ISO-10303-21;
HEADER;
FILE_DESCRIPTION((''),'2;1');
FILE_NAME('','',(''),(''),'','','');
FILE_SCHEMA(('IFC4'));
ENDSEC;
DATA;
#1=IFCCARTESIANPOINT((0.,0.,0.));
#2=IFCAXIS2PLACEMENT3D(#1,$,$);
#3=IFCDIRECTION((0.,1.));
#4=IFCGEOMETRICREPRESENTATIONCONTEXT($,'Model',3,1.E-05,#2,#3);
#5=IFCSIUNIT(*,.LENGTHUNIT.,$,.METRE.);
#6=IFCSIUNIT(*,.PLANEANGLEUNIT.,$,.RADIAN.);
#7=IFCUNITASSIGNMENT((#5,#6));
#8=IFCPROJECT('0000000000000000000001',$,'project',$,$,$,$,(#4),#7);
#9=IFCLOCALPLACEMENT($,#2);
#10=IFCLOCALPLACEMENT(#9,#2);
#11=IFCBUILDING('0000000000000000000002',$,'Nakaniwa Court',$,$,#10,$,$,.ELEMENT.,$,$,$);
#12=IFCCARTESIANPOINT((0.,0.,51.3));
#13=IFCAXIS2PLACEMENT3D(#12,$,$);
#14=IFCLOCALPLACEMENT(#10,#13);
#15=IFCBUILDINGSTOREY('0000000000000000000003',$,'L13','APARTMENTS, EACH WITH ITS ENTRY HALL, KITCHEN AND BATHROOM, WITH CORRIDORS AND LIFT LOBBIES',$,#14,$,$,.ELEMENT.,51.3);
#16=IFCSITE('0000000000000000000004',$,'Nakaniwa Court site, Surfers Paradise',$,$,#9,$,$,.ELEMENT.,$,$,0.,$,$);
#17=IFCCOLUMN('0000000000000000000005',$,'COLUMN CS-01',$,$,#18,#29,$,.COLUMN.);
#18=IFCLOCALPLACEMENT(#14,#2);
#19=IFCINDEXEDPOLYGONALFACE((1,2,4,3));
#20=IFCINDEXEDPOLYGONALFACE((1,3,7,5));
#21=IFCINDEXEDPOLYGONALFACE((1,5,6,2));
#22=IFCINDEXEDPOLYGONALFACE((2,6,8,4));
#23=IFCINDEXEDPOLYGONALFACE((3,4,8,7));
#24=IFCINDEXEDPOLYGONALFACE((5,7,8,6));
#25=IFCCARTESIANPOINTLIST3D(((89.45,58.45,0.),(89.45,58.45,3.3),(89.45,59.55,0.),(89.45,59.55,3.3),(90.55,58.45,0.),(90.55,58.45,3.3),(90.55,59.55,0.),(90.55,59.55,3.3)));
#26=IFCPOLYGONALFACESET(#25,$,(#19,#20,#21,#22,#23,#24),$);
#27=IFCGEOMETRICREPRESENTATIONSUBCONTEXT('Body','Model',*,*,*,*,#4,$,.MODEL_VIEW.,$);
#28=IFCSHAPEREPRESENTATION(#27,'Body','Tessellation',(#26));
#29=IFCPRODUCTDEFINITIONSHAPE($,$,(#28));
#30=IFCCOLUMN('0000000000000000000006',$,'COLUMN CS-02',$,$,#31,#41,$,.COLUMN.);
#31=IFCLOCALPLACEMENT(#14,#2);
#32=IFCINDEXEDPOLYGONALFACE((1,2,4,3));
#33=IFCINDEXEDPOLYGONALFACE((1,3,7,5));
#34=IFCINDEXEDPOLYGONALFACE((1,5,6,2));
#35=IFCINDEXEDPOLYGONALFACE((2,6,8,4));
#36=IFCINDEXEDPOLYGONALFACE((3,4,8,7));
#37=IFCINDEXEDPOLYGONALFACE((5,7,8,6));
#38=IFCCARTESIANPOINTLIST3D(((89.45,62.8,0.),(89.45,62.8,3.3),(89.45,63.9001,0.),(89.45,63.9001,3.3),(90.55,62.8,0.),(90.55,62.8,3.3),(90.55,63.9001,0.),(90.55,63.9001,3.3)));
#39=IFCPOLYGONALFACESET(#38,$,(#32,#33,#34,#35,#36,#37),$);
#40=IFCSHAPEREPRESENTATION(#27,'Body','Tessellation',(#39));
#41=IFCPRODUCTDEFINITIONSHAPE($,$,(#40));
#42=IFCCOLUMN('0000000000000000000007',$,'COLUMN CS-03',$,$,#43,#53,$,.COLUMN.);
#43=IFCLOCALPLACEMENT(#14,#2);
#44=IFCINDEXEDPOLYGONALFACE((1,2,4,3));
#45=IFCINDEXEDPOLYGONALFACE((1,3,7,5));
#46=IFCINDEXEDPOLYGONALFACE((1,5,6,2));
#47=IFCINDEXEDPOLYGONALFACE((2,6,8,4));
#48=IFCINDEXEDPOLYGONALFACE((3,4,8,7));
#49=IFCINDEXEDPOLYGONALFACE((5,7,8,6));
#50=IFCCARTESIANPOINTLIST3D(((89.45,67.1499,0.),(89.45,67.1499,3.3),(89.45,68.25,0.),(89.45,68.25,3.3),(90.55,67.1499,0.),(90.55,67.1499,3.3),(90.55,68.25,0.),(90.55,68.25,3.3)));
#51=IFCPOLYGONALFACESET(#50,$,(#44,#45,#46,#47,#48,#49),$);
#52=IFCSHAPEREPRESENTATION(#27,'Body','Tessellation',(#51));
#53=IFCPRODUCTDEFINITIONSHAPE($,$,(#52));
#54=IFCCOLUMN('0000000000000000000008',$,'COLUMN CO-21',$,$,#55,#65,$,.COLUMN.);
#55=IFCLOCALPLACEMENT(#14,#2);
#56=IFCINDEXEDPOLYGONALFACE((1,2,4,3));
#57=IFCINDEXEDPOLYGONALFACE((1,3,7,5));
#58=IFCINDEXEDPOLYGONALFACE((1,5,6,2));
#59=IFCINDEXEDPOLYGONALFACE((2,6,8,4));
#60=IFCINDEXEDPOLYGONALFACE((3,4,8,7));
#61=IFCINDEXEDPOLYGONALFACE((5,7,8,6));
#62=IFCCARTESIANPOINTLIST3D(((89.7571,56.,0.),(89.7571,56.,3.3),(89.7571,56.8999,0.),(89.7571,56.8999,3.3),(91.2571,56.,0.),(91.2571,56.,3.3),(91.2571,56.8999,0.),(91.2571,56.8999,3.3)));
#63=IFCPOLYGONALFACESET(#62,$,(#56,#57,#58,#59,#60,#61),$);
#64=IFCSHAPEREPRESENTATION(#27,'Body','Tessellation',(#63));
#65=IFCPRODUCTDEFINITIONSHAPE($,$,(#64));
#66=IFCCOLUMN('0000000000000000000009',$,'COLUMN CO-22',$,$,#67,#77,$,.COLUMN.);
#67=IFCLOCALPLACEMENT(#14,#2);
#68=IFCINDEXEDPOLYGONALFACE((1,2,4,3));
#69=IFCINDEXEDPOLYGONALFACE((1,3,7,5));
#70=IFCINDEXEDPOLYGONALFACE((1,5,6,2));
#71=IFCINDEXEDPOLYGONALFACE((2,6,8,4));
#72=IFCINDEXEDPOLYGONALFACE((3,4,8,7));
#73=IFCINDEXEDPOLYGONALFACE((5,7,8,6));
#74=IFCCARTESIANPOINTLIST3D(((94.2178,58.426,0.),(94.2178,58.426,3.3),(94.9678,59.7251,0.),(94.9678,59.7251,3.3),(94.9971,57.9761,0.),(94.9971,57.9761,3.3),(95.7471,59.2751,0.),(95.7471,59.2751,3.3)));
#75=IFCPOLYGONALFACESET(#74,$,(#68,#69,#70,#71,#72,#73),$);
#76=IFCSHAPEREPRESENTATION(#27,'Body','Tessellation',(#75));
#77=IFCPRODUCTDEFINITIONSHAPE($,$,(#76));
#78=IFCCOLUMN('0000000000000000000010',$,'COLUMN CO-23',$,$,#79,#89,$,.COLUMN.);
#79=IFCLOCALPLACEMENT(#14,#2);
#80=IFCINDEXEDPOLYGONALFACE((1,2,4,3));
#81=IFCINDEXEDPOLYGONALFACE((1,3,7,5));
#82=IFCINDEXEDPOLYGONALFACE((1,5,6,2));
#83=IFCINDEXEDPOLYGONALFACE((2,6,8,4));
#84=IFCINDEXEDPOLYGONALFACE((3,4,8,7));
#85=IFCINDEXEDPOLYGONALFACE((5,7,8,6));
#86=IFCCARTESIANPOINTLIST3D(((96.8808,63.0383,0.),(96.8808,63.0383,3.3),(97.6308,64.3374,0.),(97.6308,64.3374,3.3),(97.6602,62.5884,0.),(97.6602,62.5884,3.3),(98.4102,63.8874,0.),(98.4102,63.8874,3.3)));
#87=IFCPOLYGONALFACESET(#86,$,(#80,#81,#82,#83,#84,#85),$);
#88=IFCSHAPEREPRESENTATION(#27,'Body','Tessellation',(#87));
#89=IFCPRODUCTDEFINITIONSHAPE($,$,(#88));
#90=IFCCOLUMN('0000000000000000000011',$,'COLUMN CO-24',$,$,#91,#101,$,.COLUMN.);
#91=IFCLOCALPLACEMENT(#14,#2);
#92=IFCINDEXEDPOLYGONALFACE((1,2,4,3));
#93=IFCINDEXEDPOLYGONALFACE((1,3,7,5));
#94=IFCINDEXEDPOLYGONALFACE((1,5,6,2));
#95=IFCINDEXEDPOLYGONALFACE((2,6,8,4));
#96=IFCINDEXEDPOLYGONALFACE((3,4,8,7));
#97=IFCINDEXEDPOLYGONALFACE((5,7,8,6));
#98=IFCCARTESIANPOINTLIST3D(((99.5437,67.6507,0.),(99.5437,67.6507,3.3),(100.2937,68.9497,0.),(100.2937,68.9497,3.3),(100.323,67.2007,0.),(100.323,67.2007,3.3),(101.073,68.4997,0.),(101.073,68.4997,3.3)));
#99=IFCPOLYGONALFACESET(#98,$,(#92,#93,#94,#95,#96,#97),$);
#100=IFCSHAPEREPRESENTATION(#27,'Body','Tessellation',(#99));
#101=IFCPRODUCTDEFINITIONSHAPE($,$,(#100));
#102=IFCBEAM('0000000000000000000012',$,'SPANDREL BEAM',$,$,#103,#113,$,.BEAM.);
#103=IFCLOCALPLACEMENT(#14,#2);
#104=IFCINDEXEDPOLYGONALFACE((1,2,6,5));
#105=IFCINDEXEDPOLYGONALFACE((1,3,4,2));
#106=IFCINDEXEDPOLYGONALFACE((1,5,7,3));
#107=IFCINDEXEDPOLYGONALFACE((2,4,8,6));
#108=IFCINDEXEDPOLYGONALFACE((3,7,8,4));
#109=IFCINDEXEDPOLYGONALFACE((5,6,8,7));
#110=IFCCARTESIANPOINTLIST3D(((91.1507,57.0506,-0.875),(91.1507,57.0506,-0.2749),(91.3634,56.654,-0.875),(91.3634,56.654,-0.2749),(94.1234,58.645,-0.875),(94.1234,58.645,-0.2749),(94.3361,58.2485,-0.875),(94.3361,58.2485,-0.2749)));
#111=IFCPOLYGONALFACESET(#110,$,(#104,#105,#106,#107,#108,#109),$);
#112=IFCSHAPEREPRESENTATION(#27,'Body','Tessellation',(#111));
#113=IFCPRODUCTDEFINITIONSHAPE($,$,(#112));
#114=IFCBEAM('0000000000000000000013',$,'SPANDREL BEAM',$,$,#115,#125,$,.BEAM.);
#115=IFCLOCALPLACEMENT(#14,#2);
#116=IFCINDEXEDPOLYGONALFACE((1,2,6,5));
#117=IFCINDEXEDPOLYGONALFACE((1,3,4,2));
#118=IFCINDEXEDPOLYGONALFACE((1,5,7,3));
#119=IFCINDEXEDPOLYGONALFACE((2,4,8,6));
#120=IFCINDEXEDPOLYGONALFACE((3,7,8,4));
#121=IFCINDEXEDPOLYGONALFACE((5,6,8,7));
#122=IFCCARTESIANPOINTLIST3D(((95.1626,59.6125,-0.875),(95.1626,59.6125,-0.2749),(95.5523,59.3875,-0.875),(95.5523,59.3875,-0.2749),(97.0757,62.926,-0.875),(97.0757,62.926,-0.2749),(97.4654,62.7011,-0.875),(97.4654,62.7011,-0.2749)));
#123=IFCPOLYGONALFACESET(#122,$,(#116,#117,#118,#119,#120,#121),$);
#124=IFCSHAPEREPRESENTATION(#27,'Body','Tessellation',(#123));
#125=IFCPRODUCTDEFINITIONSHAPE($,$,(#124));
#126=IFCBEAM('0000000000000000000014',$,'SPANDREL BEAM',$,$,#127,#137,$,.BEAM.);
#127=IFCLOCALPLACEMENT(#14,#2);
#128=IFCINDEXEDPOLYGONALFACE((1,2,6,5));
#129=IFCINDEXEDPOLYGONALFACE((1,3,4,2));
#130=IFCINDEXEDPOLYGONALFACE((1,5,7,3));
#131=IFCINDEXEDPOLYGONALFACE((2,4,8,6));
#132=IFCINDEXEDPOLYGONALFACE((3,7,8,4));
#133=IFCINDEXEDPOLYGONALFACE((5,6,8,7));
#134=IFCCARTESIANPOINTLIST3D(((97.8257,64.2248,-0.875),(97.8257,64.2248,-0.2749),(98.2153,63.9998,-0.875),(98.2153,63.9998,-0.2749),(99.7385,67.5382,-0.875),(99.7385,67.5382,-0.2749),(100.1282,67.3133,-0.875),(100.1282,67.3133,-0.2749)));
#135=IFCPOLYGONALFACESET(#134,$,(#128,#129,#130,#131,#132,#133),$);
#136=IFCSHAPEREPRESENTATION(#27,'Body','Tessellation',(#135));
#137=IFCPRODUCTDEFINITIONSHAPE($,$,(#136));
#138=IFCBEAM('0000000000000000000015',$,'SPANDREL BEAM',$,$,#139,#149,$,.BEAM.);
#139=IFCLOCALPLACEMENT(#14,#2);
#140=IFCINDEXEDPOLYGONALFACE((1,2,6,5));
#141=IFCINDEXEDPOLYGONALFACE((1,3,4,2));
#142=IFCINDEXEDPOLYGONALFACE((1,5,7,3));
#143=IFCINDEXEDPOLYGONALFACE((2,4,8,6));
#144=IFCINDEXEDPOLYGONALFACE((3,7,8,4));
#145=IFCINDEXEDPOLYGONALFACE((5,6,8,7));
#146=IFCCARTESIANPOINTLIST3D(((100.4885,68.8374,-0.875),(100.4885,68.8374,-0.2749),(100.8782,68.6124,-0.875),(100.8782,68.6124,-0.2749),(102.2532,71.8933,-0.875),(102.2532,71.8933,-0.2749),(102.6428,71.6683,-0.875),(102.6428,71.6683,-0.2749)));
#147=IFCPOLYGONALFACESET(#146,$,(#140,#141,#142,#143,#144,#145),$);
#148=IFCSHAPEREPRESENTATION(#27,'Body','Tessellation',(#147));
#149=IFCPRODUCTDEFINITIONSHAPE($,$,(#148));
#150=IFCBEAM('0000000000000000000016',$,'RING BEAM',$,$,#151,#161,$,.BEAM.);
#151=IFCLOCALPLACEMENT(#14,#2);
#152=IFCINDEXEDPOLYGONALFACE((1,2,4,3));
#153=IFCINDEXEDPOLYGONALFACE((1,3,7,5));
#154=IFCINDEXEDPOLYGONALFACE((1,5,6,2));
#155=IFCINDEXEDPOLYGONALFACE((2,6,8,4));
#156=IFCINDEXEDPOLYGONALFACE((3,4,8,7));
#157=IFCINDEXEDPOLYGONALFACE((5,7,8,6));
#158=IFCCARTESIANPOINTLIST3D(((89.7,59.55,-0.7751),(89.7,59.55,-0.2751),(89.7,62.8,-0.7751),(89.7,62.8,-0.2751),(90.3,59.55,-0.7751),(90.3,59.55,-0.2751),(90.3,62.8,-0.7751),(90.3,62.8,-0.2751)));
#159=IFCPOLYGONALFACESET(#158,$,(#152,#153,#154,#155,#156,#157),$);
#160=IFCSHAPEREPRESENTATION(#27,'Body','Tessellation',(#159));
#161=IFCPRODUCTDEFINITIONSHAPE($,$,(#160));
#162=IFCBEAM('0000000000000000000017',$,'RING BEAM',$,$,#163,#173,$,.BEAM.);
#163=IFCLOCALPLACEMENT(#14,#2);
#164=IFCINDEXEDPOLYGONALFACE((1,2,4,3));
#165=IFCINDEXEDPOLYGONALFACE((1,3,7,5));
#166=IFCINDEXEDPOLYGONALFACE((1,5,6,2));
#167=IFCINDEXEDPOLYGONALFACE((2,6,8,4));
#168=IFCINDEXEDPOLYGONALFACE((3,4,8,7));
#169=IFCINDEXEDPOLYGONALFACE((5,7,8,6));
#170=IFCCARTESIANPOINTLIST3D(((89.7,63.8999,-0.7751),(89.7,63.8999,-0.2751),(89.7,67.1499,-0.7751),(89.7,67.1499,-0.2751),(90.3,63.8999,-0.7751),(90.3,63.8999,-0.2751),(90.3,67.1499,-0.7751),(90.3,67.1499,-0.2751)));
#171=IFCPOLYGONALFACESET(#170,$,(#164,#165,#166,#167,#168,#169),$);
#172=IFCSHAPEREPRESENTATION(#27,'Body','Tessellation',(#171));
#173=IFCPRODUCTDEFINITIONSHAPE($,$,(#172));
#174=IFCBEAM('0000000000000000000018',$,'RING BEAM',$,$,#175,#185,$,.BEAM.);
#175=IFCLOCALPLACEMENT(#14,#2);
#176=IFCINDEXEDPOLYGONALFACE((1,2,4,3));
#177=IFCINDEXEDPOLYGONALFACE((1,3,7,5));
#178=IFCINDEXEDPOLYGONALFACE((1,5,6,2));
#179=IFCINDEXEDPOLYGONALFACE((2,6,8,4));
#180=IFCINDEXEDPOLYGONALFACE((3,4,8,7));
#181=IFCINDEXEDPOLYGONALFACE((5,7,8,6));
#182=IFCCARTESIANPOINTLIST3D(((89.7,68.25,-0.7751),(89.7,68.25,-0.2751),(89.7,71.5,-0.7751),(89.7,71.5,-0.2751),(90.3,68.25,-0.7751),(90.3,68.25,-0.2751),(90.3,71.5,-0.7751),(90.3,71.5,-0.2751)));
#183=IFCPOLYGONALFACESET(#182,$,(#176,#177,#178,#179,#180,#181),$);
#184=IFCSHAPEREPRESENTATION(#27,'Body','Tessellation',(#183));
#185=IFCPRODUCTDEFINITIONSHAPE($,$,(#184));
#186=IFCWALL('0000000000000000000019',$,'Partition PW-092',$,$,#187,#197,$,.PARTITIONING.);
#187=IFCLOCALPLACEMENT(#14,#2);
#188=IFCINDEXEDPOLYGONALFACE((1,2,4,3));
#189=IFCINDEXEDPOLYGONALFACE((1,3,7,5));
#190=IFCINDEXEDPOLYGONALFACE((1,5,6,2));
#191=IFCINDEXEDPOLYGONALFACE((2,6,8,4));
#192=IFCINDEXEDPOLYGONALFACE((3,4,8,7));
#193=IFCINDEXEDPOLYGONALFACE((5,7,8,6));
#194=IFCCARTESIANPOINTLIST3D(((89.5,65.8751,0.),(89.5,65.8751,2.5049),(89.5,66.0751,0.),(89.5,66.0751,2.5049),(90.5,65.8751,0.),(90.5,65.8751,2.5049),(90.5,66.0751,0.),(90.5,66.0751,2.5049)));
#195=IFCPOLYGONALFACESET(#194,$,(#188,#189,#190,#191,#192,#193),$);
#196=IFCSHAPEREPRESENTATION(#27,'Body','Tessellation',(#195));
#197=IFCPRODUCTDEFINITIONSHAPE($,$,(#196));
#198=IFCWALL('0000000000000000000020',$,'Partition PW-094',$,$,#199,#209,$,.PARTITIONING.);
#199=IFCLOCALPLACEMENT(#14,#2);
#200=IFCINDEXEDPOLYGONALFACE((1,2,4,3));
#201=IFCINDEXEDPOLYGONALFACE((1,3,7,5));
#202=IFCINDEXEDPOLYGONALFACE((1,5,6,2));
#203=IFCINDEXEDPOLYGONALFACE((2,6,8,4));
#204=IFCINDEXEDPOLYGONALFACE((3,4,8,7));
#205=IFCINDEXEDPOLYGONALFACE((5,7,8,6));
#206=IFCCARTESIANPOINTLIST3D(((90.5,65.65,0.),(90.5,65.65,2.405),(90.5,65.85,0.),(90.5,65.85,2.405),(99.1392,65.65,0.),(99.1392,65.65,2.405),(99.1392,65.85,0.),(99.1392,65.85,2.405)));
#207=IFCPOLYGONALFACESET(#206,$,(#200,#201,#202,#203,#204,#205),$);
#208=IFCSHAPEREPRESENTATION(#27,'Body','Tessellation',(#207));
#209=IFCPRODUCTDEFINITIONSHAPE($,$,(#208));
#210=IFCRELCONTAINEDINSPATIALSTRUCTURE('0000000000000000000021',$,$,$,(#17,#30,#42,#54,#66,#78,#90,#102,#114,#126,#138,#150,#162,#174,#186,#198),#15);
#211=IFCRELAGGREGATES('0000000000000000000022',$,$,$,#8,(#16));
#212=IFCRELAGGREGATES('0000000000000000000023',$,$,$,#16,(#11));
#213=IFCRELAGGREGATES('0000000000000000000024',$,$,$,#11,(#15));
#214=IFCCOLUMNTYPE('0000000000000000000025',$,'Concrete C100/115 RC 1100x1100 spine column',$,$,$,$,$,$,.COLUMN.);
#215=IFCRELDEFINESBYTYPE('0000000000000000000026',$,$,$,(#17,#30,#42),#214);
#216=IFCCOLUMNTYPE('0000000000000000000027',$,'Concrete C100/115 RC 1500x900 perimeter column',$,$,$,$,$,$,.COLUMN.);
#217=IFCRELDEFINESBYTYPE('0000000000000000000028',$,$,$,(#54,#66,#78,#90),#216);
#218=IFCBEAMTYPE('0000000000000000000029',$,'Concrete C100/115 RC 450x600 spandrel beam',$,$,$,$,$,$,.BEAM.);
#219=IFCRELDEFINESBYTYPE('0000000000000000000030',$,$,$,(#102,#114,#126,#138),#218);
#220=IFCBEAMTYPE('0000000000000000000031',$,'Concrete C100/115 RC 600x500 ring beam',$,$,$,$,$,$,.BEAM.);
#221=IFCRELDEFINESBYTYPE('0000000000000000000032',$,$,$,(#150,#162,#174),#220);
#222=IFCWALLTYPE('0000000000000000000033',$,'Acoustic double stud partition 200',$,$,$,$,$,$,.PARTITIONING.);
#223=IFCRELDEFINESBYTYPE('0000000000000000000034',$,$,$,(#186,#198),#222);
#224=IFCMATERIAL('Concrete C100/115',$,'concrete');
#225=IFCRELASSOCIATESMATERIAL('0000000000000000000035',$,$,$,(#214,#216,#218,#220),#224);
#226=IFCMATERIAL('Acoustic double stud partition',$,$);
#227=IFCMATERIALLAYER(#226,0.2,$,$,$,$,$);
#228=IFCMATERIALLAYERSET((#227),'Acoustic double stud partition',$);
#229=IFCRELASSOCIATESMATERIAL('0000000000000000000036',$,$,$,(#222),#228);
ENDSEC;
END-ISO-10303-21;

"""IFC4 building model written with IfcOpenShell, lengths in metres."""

from ifc_helpers import new_model, si_unit, direction, frame, frame_2d, origin, origin_2d, place, context, subcontext, project, spatial, rectangle, extrude, material, layer, layer_set, material_profile, profile_set, type_object, element, save


model = new_model("IFC4")

# Units and contexts
model_context = context("Model", 3, precision=1e-05, world=origin(), true_north=direction((0.0, 1.0)))
body_context = subcontext(model_context, "Body", "Model", "MODEL_VIEW")
ifc_project = project(units=[si_unit("LENGTHUNIT", "METRE"), si_unit("PLANEANGLEUNIT", "RADIAN")], contexts=[model_context])

# Site, building, storey
site_placement = place(None, origin())
site = spatial("IfcSite", under=ifc_project, at=site_placement, Name="Nakaniwa Court site, Surfers Paradise", CompositionType="ELEMENT", RefElevation=0.0)
building_placement = place(site_placement, origin())
building = spatial("IfcBuilding", under=site, at=building_placement, Name="Nakaniwa Court", CompositionType="ELEMENT")
storey_placement = place(building_placement, frame((0.0, 0.0, 51.3)))
storey = spatial("IfcBuildingStorey", under=building, at=storey_placement, Name="L13", Description="APARTMENTS, EACH WITH ITS ENTRY HALL, KITCHEN AND BATHROOM, WITH CORRIDORS AND LIFT LOBBIES", CompositionType="ELEMENT", Elevation=51.3)

# Columns
ifc_material_1 = material(Name="Concrete C100/115", Category="concrete")
ifc_material_profile_1 = material_profile(ifc_material_1, rectangle(XDim=1.1001, YDim=1.1001, at=origin_2d()), Name="Concrete C100/115 RC 1100x1100 spine column")
ifc_profile_set_1 = profile_set([ifc_material_profile_1], Name="Concrete C100/115")
column_type_1 = type_object("IfcColumnType", Name="Concrete C100/115 RC 1100x1100 spine column", PredefinedType="COLUMN", material=ifc_profile_set_1)
for number, where, z_axis, x_axis, name in (
    (1, (90.0, 59.0, 0.0), (0.0, 0.0, 1.0), (0.0, 1.0, 0.0), "COLUMN CS-01"),
    (2, (90.0, 63.3501, 0.0), (0.0, 0.0, 1.0), (0.0, 1.0, 0.0), "COLUMN CS-02"),
    (3, (90.0, 67.7, 0.0), (0.0, 0.0, 1.0), (0.0, 1.0, 0.0), "COLUMN CS-03"),
):
    element("IfcColumn", number, at=place(storey_placement, frame(where, z_axis=z_axis, x_axis=x_axis)), inside=storey, type_object=column_type_1, Name=name, PredefinedType="COLUMN", context=body_context, shape_type="SweptSolid", body=[
        extrude(rectangle(XDim=1.1001, YDim=1.1001, at=origin_2d()), origin(), (0.0, 0.0, 1.0), 3.3),
    ])
ifc_material_profile_2 = material_profile(ifc_material_1, rectangle(XDim=1.5, YDim=0.8999, at=origin_2d()), Name="Concrete C100/115 RC 1500x900 perimeter column")
ifc_profile_set_2 = profile_set([ifc_material_profile_2], Name="Concrete C100/115")
column_type_2 = type_object("IfcColumnType", Name="Concrete C100/115 RC 1500x900 perimeter column", PredefinedType="COLUMN", material=ifc_profile_set_2)
for number, where, z_axis, x_axis, name in (
    (4, (90.5071, 56.45, 0.0), (0.0, 0.0, 1.0), (1.0, 0.0, 0.0), "COLUMN CO-21"),
    (5, (94.9824, 58.8506, 0.0), (0.0, 0.0, 1.0), (0.5, 0.866025, 0.0), "COLUMN CO-22"),
    (6, (97.6455, 63.4629, 0.0), (0.0, 0.0, 1.0), (0.5, 0.866025, 0.0), "COLUMN CO-23"),
    (7, (100.3083, 68.0752, 0.0), (0.0, 0.0, 1.0), (0.5, 0.866025, 0.0), "COLUMN CO-24"),
):
    element("IfcColumn", number, at=place(storey_placement, frame(where, z_axis=z_axis, x_axis=x_axis)), inside=storey, type_object=column_type_2, Name=name, PredefinedType="COLUMN", context=body_context, shape_type="SweptSolid", body=[
        extrude(rectangle(XDim=1.5, YDim=0.8999, at=origin_2d()), origin(), (0.0, 0.0, 1.0), 3.3),
    ])

# Beams
ifc_material_profile_3 = material_profile(ifc_material_1, rectangle(XDim=0.45, YDim=0.6001, at=origin_2d()), Name="Concrete C100/115 RC 450x600 spandrel beam")
ifc_profile_set_3 = profile_set([ifc_material_profile_3], Name="Concrete C100/115")
beam_type_1 = type_object("IfcBeamType", Name="Concrete C100/115 RC 450x600 spandrel beam", PredefinedType="BEAM", material=ifc_profile_set_3)
beam_1_placement = place(storey_placement, frame((91.2571, 56.8523, -0.575), z_axis=(0.881235, 0.472679, 0.0), x_axis=(-0.472679, 0.881235, 0.0)))
element("IfcBeam", 8, at=beam_1_placement, inside=storey, type_object=beam_type_1, Name="SPANDREL BEAM", PredefinedType="BEAM", context=body_context, shape_type="SweptSolid", body=[
    extrude(rectangle(XDim=0.45, YDim=0.6001, at=origin_2d()), origin(), (0.0, 0.0, 1.0), 3.3733),
])
beam_2_placement = place(storey_placement, frame((95.3574, 59.5, -0.575), z_axis=(0.50001, 0.86602, 0.0), x_axis=(-0.86602, 0.50001, 0.0)))
element("IfcBeam", 9, at=beam_2_placement, inside=storey, type_object=beam_type_1, Name="SPANDREL BEAM", PredefinedType="BEAM", context=body_context, shape_type="SweptSolid", body=[
    extrude(rectangle(XDim=0.45, YDim=0.6001, at=origin_2d()), origin(), (0.0, 0.0, 1.0), 3.8262),
])
beam_3_placement = place(storey_placement, frame((98.0205, 64.1123, -0.575), z_axis=(0.499962, 0.866047, 0.0), x_axis=(-0.866047, 0.499962, 0.0)))
element("IfcBeam", 10, at=beam_3_placement, inside=storey, type_object=beam_type_1, Name="SPANDREL BEAM", PredefinedType="BEAM", context=body_context, shape_type="SweptSolid", body=[
    extrude(rectangle(XDim=0.45, YDim=0.6001, at=origin_2d()), origin(), (0.0, 0.0, 1.0), 3.8259),
])
beam_4_placement = place(storey_placement, frame((100.6833, 68.7249, -0.575), z_axis=(0.500068, 0.865986, 0.0), x_axis=(-0.865986, 0.500068, 0.0)))
element("IfcBeam", 11, at=beam_4_placement, inside=storey, type_object=beam_type_1, Name="SPANDREL BEAM", PredefinedType="BEAM", context=body_context, shape_type="SweptSolid", body=[
    extrude(rectangle(XDim=0.45, YDim=0.6001, at=origin_2d()), origin(), (0.0, 0.0, 1.0), 3.5288),
])
ifc_material_profile_4 = material_profile(ifc_material_1, rectangle(XDim=0.6001, YDim=0.5, at=origin_2d()), Name="Concrete C100/115 RC 600x500 ring beam")
ifc_profile_set_4 = profile_set([ifc_material_profile_4], Name="Concrete C100/115")
beam_type_2 = type_object("IfcBeamType", Name="Concrete C100/115 RC 600x500 ring beam", PredefinedType="BEAM", material=ifc_profile_set_4)
for number, where, z_axis, x_axis, name in (
    (12, (90.0, 59.55, -0.5251), (0.0, 1.0, 0.0), (-1.0, 0.0, 0.0), "RING BEAM"),
    (13, (90.0, 63.8999, -0.5251), (0.0, 1.0, 0.0), (-1.0, 0.0, 0.0), "RING BEAM"),
    (14, (90.0, 68.25, -0.5251), (0.0, 1.0, 0.0), (-1.0, 0.0, 0.0), "RING BEAM"),
):
    element("IfcBeam", number, at=place(storey_placement, frame(where, z_axis=z_axis, x_axis=x_axis)), inside=storey, type_object=beam_type_2, Name=name, PredefinedType="BEAM", context=body_context, shape_type="SweptSolid", body=[
        extrude(rectangle(XDim=0.6001, YDim=0.5, at=origin_2d()), origin(), (0.0, 0.0, 1.0), 3.25),
    ])

# Walls
ifc_material_2 = material(Name="Acoustic double stud partition")
ifc_layer_1 = layer(ifc_material_2, 0.2)
ifc_layer_set_1 = layer_set([ifc_layer_1], Name="Acoustic double stud partition")
wall_type_1 = type_object("IfcWallType", Name="Acoustic double stud partition 200", PredefinedType="PARTITIONING", material=ifc_layer_set_1)
wall_1_placement = place(storey_placement, frame((89.5, 65.9751, 0.0), z_axis=(0.0, 0.0, 1.0), x_axis=(1.0, 0.0, 0.0)))
element("IfcWall", 15, at=wall_1_placement, inside=storey, type_object=wall_type_1, Name="Partition PW-092", PredefinedType="PARTITIONING", context=body_context, shape_type="SweptSolid", body=[
    extrude(rectangle(XDim=1.0, YDim=0.2, at=frame_2d((0.5, 0.0))), origin(), (0.0, 0.0, 1.0), 2.5049),
])
wall_2_placement = place(storey_placement, frame((90.5, 65.75, 0.0), z_axis=(0.0, 0.0, 1.0), x_axis=(1.0, 0.0, 0.0)))
element("IfcWall", 16, at=wall_2_placement, inside=storey, type_object=wall_type_1, Name="Partition PW-094", PredefinedType="PARTITIONING", context=body_context, shape_type="SweptSolid", body=[
    extrude(rectangle(XDim=8.6392, YDim=0.2, at=frame_2d((4.3196, 0.0))), origin(), (0.0, 0.0, 1.0), 2.405),
])

save(model, "model.ifc")
